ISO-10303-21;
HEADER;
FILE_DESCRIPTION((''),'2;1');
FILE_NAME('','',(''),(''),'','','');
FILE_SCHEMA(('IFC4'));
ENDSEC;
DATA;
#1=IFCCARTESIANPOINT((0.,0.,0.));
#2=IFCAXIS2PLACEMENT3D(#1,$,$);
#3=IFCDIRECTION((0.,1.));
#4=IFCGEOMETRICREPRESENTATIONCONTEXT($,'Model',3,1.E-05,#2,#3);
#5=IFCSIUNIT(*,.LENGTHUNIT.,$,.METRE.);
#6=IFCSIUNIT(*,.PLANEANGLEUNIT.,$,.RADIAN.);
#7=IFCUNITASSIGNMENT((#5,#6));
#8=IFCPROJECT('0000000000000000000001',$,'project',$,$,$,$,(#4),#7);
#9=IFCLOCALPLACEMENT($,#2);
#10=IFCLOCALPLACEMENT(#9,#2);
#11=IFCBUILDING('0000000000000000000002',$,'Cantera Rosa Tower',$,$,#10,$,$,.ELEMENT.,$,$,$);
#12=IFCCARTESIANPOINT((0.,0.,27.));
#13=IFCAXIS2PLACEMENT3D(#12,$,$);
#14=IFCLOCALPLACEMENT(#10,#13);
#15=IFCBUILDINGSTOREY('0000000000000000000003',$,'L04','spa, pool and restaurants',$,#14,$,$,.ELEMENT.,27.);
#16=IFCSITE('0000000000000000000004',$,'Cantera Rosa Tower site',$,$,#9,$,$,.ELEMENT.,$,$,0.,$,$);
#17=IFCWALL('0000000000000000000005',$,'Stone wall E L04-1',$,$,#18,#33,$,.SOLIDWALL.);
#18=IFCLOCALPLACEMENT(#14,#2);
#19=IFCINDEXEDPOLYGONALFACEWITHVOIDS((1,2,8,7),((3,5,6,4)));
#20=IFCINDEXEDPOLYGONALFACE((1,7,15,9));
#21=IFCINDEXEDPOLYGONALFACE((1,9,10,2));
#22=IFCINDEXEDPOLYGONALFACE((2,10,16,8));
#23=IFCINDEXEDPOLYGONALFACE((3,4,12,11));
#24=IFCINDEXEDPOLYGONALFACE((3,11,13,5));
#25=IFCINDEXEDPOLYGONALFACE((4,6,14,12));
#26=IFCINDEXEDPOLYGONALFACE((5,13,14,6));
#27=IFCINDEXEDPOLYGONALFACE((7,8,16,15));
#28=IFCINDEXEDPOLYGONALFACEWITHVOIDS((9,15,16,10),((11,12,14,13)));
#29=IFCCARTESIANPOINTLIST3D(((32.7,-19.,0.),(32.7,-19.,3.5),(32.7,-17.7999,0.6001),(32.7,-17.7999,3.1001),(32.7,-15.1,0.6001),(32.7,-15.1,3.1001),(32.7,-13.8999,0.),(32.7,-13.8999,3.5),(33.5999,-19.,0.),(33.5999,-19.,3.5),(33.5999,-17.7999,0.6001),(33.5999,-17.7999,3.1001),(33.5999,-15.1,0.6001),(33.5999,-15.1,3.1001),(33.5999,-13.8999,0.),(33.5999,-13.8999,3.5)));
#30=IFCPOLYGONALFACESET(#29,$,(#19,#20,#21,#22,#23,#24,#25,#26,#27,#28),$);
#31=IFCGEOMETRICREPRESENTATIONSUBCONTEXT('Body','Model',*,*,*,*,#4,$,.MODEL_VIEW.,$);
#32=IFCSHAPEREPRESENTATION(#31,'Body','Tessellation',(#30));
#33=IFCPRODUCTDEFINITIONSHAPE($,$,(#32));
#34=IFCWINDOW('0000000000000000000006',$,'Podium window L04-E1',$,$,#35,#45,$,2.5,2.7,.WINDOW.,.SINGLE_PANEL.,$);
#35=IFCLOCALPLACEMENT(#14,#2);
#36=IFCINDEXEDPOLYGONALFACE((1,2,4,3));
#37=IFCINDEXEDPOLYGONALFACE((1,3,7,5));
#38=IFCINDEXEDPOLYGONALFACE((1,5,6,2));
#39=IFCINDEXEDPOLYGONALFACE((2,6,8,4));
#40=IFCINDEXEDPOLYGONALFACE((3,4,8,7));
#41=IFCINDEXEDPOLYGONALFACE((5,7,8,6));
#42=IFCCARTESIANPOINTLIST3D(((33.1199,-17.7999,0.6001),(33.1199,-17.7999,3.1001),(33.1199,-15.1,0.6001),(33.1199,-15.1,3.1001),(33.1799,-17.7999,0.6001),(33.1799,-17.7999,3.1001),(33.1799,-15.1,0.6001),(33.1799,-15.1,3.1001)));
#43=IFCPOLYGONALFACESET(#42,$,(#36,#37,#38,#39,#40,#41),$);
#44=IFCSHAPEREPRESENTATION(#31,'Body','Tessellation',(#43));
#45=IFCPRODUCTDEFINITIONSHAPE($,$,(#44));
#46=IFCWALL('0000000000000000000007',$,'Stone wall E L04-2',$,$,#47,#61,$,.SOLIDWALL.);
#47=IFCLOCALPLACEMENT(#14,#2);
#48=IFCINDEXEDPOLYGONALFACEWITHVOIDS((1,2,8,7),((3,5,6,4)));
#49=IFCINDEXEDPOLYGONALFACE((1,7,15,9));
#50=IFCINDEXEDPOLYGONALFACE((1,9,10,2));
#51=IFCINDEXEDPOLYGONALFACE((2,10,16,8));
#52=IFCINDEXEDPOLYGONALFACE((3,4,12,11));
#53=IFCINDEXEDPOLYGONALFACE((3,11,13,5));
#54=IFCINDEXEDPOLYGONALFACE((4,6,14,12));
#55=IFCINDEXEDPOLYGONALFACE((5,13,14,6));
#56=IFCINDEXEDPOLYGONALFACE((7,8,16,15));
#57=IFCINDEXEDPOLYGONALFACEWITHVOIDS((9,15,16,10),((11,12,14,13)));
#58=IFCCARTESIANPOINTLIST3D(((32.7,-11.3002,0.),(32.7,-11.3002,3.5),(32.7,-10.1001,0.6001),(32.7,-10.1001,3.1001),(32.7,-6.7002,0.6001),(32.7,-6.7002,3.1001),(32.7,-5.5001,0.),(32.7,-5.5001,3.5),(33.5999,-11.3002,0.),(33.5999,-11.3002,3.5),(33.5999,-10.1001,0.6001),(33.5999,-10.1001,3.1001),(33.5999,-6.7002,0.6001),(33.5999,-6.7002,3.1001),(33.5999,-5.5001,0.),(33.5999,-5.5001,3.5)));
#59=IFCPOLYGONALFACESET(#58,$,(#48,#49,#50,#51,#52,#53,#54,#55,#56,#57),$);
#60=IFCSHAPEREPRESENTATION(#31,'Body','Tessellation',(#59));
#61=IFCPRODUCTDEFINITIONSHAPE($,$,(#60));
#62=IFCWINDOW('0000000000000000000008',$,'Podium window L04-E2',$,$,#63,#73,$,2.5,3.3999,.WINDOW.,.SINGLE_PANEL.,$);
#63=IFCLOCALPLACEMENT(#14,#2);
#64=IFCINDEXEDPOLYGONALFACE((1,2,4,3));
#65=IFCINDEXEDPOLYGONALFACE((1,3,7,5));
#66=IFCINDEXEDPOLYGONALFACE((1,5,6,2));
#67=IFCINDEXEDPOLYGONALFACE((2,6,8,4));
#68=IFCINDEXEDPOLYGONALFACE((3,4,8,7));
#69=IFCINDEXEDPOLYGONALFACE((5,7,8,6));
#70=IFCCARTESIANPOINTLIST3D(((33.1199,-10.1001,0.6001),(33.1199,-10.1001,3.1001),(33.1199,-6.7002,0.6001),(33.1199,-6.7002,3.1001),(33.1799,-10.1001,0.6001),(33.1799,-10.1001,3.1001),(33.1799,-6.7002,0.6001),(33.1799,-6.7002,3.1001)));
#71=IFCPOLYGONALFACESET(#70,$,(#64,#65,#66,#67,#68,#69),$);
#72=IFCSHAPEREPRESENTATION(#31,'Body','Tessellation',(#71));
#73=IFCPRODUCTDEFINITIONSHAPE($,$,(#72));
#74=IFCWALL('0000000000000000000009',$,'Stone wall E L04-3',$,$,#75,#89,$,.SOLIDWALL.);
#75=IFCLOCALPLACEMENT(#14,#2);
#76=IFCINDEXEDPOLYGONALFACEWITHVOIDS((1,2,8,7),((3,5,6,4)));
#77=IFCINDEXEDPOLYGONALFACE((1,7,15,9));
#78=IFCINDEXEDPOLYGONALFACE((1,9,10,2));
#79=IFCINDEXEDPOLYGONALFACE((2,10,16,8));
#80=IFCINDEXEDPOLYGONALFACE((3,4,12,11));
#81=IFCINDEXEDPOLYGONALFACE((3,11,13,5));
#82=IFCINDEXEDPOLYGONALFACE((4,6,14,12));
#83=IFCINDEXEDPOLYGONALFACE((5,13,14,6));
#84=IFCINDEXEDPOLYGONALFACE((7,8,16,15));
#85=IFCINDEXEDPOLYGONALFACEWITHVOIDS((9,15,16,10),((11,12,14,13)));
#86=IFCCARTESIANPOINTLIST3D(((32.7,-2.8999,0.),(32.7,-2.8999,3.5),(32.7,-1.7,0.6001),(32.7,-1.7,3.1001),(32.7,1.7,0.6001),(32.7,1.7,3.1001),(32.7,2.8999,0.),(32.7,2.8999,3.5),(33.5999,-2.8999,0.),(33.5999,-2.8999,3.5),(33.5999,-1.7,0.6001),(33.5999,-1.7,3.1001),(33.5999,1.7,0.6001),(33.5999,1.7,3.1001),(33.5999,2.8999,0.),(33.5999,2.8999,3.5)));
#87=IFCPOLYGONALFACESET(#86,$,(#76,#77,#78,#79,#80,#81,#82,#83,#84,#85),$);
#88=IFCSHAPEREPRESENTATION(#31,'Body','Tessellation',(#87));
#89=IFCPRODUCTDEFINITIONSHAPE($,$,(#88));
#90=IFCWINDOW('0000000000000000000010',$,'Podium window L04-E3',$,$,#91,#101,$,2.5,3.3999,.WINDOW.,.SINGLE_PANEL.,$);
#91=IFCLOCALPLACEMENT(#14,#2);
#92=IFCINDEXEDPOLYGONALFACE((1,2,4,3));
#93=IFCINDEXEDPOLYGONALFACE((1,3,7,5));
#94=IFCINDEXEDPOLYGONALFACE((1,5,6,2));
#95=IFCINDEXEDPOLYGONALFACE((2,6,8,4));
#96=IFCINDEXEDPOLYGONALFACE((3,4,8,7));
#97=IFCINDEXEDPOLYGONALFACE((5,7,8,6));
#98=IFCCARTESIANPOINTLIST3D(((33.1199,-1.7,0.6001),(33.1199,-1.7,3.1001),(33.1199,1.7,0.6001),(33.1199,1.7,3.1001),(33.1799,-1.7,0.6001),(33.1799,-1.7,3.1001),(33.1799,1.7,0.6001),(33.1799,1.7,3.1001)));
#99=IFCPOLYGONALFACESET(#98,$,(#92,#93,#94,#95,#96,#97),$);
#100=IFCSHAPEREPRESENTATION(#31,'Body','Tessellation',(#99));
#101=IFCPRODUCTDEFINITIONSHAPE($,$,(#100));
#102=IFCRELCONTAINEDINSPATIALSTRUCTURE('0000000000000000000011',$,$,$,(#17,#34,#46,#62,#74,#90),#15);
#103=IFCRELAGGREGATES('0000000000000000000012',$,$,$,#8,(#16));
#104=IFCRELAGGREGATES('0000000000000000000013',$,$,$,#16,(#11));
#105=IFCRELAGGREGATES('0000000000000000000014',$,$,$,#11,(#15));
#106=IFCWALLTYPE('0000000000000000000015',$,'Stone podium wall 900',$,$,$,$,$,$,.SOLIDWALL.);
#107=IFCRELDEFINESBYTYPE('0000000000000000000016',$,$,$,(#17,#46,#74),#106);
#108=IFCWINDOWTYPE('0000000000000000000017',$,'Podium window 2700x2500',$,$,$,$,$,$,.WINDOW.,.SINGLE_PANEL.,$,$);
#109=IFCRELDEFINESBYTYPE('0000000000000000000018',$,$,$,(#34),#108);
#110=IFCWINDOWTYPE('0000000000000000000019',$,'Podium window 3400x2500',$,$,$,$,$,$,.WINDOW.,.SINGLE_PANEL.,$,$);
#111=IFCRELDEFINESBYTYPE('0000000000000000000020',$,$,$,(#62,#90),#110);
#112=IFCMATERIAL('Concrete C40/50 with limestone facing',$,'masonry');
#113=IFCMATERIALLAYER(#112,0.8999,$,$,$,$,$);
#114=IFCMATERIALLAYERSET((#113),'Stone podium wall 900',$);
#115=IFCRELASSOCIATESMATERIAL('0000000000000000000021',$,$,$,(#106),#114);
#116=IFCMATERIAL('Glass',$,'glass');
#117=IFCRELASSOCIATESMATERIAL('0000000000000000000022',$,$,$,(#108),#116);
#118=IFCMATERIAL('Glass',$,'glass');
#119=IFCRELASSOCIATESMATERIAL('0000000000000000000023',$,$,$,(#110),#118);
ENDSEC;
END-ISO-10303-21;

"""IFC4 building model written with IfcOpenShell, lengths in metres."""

from ifc_helpers import new_model, si_unit, direction, frame, frame_2d, origin, place, context, subcontext, project, spatial, rectangle, extrude, material, layer, layer_set, type_object, element, fill, save


model = new_model("IFC4")

# Units and contexts
model_context = context("Model", 3, precision=1e-05, world=origin(), true_north=direction((0.0, 1.0)))
body_context = subcontext(model_context, "Body", "Model", "MODEL_VIEW")
ifc_project = project(units=[si_unit("LENGTHUNIT", "METRE"), si_unit("PLANEANGLEUNIT", "RADIAN")], contexts=[model_context])

# Site, building, storey
site_placement = place(None, origin())
site = spatial("IfcSite", under=ifc_project, at=site_placement, Name="Cantera Rosa Tower site", CompositionType="ELEMENT", RefElevation=0.0)
building_placement = place(site_placement, origin())
building = spatial("IfcBuilding", under=site, at=building_placement, Name="Cantera Rosa Tower", CompositionType="ELEMENT")
storey_placement = place(building_placement, frame((0.0, 0.0, 27.0)))
storey = spatial("IfcBuildingStorey", under=building, at=storey_placement, Name="L04", Description="spa, pool and restaurants", CompositionType="ELEMENT", Elevation=27.0)

# Walls, openings, windows
ifc_material_1 = material(Name="Concrete C40/50 with limestone facing", Category="masonry")
ifc_layer_1 = layer(ifc_material_1, 0.8999)
ifc_layer_set_1 = layer_set([ifc_layer_1], Name="Stone podium wall 900")
wall_type_1 = type_object("IfcWallType", Name="Stone podium wall 900", PredefinedType="SOLIDWALL", material=ifc_layer_set_1)
wall_1_placement = place(storey_placement, frame((33.1499, -19.0, 0.0), z_axis=(0.0, 0.0, 1.0), x_axis=(0.0, 1.0, 0.0)))
wall_1 = element("IfcWall", 1, at=wall_1_placement, inside=storey, type_object=wall_type_1, Name="Stone wall E L04-1", PredefinedType="SOLIDWALL", context=body_context, shape_type="SweptSolid", body=[
    extrude(rectangle(XDim=5.1001, YDim=0.8999, at=frame_2d((2.55, 0.0))), origin(), (0.0, 0.0, 1.0), 3.5),
])
opening_1_placement = place(wall_1_placement, frame((1.2, 0.0, 0.6001)))
opening_1 = element("IfcOpeningElement", 2, at=opening_1_placement, cuts=wall_1, PredefinedType="OPENING", context=body_context, shape_type="SweptSolid", body=[
    extrude(rectangle(XDim=2.7, YDim=2.5, at=frame_2d((1.3501, 1.25))), frame((0.0, 0.46, 0.0), z_axis=(0.0, -1.0, 0.0), x_axis=(1.0, 0.0, 0.0)), (0.0, 0.0, 1.0), 0.9199),
])
ifc_material_2 = material(Name="Glass", Category="glass")
window_type_1 = type_object("IfcWindowType", Name="Podium window 2700x2500", PartitioningType="SINGLE_PANEL", PredefinedType="WINDOW", material=ifc_material_2)
window_1_placement = place(opening_1_placement, origin())
window_1 = element("IfcWindow", 3, at=window_1_placement, inside=storey, type_object=window_type_1, Name="Podium window L04-E1", OverallHeight=2.5, OverallWidth=2.7, PartitioningType="SINGLE_PANEL", PredefinedType="WINDOW", context=body_context, shape_type="SweptSolid", body=[
    extrude(rectangle(XDim=2.7, YDim=2.5, at=frame_2d((1.3501, 1.25))), frame((0.0, 0.03, 0.0), z_axis=(0.0, -1.0, 0.0), x_axis=(1.0, 0.0, 0.0)), (0.0, 0.0, 1.0), 0.0601),
])
fill(opening_1, window_1)
wall_2_placement = place(storey_placement, frame((33.1499, -11.3, 0.0), z_axis=(0.0, 0.0, 1.0), x_axis=(0.0, 1.0, 0.0)))
wall_2 = element("IfcWall", 4, at=wall_2_placement, inside=storey, type_object=wall_type_1, Name="Stone wall E L04-2", PredefinedType="SOLIDWALL", context=body_context, shape_type="SweptSolid", body=[
    extrude(rectangle(XDim=5.8, YDim=0.8999, at=frame_2d((2.8999, 0.0))), origin(), (0.0, 0.0, 1.0), 3.5),
])
opening_2_placement = place(wall_2_placement, frame((1.2, 0.0, 0.6001)))
opening_2 = element("IfcOpeningElement", 5, at=opening_2_placement, cuts=wall_2, PredefinedType="OPENING", context=body_context, shape_type="SweptSolid", body=[
    extrude(rectangle(XDim=3.3999, YDim=2.5, at=frame_2d((1.7, 1.25))), frame((0.0, 0.46, 0.0), z_axis=(0.0, -1.0, 0.0), x_axis=(1.0, 0.0, 0.0)), (0.0, 0.0, 1.0), 0.9199),
])
ifc_material_3 = material(Name="Glass", Category="glass")
window_type_2 = type_object("IfcWindowType", Name="Podium window 3400x2500", PartitioningType="SINGLE_PANEL", PredefinedType="WINDOW", material=ifc_material_3)
window_2_placement = place(opening_2_placement, origin())
window_2 = element("IfcWindow", 6, at=window_2_placement, inside=storey, type_object=window_type_2, Name="Podium window L04-E2", OverallHeight=2.5, OverallWidth=3.3999, PartitioningType="SINGLE_PANEL", PredefinedType="WINDOW", context=body_context, shape_type="SweptSolid", body=[
    extrude(rectangle(XDim=3.3999, YDim=2.5, at=frame_2d((1.7, 1.25))), frame((0.0, 0.03, 0.0), z_axis=(0.0, -1.0, 0.0), x_axis=(1.0, 0.0, 0.0)), (0.0, 0.0, 1.0), 0.0601),
])
fill(opening_2, window_2)
wall_3_placement = place(storey_placement, frame((33.1499, -2.8999, 0.0), z_axis=(0.0, 0.0, 1.0), x_axis=(0.0, 1.0, 0.0)))
wall_3 = element("IfcWall", 7, at=wall_3_placement, inside=storey, type_object=wall_type_1, Name="Stone wall E L04-3", PredefinedType="SOLIDWALL", context=body_context, shape_type="SweptSolid", body=[
    extrude(rectangle(XDim=5.7998, YDim=0.8999, at=frame_2d((2.8999, 0.0))), origin(), (0.0, 0.0, 1.0), 3.5),
])
opening_3_placement = place(wall_3_placement, frame((1.2, 0.0, 0.6001)))
opening_3 = element("IfcOpeningElement", 8, at=opening_3_placement, cuts=wall_3, PredefinedType="OPENING", context=body_context, shape_type="SweptSolid", body=[
    extrude(rectangle(XDim=3.3999, YDim=2.5, at=frame_2d((1.7, 1.25))), frame((0.0, 0.46, 0.0), z_axis=(0.0, -1.0, 0.0), x_axis=(1.0, 0.0, 0.0)), (0.0, 0.0, 1.0), 0.9199),
])
window_3_placement = place(opening_3_placement, origin())
window_3 = element("IfcWindow", 9, at=window_3_placement, inside=storey, type_object=window_type_2, Name="Podium window L04-E3", OverallHeight=2.5, OverallWidth=3.3999, PartitioningType="SINGLE_PANEL", PredefinedType="WINDOW", context=body_context, shape_type="SweptSolid", body=[
    extrude(rectangle(XDim=3.3999, YDim=2.5, at=frame_2d((1.7, 1.25))), frame((0.0, 0.03, 0.0), z_axis=(0.0, -1.0, 0.0), x_axis=(1.0, 0.0, 0.0)), (0.0, 0.0, 1.0), 0.0601),
])
fill(opening_3, window_3)

save(model, "model.ifc")
